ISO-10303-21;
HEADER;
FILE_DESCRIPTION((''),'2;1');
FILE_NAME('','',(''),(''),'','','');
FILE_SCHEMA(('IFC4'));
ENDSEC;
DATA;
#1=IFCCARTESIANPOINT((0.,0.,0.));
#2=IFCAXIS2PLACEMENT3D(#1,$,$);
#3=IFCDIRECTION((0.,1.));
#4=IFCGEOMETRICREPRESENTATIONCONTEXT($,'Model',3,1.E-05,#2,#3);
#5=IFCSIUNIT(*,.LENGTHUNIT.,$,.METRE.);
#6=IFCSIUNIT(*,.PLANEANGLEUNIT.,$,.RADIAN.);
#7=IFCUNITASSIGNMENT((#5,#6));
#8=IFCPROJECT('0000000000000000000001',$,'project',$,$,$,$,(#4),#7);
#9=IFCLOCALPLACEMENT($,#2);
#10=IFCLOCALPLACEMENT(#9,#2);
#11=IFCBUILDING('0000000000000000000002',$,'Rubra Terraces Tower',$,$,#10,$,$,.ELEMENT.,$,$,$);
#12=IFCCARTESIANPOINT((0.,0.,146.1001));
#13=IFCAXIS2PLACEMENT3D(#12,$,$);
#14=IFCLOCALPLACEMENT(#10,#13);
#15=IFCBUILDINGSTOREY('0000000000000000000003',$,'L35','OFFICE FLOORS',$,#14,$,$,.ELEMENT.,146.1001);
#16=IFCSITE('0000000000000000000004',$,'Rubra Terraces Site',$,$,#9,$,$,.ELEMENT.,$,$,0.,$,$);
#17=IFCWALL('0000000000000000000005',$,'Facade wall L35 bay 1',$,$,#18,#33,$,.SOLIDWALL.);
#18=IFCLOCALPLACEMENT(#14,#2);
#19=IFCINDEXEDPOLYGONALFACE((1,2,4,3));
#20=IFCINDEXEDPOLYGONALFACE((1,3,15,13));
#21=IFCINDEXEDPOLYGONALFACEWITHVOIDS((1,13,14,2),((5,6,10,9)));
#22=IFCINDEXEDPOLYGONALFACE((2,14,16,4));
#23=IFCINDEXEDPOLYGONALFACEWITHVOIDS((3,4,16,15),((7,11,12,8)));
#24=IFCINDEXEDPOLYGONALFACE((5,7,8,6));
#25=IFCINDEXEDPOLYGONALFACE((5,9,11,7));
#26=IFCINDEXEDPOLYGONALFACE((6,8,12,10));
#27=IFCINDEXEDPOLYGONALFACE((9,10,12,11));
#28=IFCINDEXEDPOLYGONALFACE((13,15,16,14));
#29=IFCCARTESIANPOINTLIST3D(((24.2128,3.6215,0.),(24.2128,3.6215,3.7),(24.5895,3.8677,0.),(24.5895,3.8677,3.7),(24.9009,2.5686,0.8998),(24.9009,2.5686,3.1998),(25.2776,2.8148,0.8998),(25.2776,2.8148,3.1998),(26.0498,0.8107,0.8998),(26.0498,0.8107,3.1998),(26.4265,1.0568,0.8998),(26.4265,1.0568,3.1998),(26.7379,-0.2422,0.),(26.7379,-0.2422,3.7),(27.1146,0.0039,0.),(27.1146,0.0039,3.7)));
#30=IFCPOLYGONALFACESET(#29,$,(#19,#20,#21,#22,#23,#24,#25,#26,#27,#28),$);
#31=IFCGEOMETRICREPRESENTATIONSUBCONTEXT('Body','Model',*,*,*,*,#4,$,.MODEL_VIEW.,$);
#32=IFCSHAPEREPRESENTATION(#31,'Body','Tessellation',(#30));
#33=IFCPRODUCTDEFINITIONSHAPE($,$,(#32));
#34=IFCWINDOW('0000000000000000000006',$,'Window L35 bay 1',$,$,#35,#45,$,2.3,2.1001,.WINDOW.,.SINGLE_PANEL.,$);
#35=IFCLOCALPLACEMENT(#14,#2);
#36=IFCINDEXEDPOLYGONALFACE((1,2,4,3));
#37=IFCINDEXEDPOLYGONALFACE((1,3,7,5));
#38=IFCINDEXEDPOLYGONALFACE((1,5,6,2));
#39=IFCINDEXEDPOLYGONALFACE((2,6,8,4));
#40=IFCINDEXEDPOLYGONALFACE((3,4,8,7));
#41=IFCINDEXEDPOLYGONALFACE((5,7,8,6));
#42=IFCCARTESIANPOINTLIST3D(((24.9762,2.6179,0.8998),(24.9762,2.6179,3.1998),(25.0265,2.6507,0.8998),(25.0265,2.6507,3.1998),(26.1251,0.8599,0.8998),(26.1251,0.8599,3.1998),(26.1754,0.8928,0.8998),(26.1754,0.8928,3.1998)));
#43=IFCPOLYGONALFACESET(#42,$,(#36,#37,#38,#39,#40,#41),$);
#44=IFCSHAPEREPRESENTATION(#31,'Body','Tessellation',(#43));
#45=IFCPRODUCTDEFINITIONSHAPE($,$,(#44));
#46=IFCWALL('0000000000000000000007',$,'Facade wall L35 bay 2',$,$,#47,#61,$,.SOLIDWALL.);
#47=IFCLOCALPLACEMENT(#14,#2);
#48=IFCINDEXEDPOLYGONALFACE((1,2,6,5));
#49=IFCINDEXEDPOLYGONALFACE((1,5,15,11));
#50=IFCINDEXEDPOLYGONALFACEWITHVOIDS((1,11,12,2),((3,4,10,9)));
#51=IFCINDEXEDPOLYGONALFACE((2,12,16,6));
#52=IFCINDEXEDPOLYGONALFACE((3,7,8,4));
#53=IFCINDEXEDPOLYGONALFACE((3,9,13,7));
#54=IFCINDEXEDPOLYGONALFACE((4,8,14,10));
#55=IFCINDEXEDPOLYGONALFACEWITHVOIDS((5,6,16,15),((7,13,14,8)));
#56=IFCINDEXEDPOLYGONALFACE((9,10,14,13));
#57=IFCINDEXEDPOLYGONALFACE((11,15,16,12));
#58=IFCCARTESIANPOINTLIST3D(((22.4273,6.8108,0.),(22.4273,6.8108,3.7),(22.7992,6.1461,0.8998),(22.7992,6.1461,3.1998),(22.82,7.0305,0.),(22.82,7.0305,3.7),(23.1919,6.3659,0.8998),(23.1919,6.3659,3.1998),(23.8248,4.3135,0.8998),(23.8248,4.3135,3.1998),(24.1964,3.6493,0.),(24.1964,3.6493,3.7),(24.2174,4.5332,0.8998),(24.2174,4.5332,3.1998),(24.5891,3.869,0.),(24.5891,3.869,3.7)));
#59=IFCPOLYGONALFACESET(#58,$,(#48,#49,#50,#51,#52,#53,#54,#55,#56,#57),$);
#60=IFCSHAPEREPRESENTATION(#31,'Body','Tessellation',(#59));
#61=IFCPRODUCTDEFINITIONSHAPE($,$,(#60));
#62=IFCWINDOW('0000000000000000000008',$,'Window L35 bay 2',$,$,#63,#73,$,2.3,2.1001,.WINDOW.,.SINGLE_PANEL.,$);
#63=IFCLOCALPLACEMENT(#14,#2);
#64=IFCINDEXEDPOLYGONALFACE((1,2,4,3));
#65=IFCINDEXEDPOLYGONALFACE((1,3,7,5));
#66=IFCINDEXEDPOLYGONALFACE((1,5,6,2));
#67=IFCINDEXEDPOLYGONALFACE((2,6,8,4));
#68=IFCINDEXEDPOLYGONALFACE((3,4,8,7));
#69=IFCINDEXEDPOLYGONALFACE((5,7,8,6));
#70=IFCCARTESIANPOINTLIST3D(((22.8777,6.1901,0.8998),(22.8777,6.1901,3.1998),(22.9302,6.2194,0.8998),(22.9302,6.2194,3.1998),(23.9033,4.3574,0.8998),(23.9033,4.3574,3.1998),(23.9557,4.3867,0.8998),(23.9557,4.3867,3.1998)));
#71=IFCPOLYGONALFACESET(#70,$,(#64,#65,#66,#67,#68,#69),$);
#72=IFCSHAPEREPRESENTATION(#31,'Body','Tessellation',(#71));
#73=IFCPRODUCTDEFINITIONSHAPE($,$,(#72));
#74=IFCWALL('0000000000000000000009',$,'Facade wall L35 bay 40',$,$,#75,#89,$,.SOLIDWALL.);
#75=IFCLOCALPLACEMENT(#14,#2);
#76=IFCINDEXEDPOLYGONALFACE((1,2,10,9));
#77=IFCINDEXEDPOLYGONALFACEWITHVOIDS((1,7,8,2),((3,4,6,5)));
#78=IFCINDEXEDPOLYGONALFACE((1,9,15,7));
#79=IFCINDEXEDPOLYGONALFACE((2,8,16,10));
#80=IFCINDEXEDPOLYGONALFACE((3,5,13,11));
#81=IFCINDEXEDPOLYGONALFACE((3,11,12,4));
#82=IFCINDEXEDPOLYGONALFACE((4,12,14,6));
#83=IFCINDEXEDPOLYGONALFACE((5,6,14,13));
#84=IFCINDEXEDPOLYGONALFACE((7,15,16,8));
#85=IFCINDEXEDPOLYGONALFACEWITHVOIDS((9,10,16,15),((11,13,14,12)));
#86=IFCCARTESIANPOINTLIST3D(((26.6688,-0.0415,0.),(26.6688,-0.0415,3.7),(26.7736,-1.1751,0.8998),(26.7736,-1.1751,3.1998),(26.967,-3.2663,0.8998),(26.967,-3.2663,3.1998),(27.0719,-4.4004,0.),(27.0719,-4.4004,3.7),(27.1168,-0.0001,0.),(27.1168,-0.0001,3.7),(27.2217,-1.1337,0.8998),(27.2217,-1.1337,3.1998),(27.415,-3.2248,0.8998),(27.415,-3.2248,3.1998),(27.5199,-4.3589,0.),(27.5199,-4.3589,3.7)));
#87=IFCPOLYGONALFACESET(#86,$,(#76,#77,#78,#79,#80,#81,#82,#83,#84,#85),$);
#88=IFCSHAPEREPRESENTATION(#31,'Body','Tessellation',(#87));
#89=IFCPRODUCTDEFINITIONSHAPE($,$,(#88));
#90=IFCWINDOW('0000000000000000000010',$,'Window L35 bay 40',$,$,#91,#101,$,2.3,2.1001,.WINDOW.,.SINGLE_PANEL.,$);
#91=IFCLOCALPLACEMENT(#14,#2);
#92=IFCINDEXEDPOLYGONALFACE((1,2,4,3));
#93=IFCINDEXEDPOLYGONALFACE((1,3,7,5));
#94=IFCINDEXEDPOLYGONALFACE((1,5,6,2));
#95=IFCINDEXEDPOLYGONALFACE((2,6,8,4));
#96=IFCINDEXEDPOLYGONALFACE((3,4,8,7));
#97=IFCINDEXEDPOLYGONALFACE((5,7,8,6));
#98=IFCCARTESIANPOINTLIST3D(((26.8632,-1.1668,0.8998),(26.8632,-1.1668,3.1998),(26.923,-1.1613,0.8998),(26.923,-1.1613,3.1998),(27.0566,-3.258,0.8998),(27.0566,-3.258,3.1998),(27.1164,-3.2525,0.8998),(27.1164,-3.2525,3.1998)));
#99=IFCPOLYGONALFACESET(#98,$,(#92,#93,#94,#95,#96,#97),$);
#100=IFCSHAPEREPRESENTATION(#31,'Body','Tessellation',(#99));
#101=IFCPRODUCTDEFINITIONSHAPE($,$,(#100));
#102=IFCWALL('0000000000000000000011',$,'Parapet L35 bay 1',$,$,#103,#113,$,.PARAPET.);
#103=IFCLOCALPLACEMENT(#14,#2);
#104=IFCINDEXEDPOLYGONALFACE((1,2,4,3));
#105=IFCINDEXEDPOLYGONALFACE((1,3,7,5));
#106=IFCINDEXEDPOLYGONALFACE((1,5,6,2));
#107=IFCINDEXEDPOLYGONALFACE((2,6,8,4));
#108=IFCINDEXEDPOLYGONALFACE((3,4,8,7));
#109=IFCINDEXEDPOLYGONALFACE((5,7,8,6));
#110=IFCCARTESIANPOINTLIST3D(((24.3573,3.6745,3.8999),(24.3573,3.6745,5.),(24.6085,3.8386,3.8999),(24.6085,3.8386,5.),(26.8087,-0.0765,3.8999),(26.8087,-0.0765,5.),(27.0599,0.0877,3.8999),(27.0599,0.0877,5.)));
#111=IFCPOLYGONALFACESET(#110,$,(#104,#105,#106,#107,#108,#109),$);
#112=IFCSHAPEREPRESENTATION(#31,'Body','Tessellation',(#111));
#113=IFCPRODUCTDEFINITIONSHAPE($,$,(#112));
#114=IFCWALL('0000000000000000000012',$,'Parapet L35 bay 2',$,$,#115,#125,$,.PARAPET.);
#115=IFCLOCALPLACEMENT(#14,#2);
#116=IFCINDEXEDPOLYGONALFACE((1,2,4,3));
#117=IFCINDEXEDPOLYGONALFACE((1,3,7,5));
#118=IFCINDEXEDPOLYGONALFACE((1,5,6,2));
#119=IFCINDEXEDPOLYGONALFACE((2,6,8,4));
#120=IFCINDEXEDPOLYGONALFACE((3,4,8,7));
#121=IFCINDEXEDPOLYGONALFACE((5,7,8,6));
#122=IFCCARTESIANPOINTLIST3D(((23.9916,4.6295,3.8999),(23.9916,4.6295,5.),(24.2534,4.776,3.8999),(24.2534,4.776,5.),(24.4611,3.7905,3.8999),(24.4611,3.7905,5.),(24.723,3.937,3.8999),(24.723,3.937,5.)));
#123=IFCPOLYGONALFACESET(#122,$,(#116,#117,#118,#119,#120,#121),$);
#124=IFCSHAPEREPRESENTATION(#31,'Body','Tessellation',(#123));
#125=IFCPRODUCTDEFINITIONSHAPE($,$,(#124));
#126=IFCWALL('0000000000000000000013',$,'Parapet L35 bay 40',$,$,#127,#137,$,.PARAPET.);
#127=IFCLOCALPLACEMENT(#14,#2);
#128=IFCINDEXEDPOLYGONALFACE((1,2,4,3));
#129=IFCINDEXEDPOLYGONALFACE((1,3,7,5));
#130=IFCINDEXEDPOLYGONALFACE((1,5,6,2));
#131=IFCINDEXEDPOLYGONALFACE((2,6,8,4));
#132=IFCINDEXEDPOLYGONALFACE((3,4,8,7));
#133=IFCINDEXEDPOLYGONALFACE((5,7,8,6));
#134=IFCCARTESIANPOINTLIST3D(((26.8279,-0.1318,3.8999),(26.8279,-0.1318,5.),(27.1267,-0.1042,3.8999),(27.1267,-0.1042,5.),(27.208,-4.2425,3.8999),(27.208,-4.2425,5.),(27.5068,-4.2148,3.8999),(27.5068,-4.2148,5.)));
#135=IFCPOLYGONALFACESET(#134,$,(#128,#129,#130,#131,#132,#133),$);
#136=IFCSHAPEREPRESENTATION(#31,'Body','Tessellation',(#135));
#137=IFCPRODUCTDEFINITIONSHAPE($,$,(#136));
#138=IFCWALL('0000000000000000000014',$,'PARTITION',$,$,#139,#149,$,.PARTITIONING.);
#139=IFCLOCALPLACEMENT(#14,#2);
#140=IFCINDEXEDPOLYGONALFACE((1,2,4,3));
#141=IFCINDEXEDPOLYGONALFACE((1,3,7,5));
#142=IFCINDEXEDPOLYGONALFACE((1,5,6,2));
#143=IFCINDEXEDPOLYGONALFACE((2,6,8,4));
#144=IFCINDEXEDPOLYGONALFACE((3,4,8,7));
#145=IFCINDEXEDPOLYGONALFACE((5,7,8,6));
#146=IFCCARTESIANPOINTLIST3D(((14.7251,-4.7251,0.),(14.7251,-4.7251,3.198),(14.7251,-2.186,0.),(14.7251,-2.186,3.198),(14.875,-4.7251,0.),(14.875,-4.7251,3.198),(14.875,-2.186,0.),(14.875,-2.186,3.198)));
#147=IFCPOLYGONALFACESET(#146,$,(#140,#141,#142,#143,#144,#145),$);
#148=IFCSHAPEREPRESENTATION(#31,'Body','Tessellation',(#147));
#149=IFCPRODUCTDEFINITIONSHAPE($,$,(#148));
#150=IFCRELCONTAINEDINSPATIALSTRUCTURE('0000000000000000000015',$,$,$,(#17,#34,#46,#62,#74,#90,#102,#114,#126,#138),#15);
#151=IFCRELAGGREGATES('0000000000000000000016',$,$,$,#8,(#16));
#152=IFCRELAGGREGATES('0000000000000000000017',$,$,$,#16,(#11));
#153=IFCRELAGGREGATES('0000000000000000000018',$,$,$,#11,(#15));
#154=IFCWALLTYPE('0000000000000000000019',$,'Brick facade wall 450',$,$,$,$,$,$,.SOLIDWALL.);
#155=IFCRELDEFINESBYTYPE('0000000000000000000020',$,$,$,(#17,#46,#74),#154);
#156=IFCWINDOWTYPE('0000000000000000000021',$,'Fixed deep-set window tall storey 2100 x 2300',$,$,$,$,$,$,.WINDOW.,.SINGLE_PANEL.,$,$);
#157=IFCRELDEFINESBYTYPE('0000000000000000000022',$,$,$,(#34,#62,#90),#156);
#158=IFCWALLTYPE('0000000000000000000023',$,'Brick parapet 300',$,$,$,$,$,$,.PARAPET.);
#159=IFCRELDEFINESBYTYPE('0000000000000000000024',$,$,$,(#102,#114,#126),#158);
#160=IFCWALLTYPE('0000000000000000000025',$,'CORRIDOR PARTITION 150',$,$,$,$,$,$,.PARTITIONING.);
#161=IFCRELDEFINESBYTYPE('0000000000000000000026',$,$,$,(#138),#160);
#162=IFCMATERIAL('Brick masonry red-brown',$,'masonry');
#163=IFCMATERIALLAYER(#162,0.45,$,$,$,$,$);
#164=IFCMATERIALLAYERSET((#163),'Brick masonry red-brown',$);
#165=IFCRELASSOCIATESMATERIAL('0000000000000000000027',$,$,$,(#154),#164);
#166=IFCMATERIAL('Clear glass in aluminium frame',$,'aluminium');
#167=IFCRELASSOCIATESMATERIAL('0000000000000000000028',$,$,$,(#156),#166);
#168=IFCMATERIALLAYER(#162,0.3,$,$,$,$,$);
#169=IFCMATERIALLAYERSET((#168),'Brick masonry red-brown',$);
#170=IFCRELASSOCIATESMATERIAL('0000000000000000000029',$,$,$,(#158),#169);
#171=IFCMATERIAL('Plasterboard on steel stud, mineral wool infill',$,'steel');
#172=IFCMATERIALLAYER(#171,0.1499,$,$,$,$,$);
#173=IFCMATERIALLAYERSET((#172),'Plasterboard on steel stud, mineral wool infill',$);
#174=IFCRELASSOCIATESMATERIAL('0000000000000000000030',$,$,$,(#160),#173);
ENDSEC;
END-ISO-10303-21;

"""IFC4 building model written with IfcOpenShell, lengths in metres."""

from ifc_helpers import new_model, si_unit, direction, frame, frame_2d, origin, place, context, subcontext, project, spatial, rectangle, extrude, material, layer, layer_set, type_object, element, fill, save


model = new_model("IFC4")

# Units and contexts
model_context = context("Model", 3, precision=1e-05, world=origin(), true_north=direction((0.0, 1.0)))
body_context = subcontext(model_context, "Body", "Model", "MODEL_VIEW")
ifc_project = project(units=[si_unit("LENGTHUNIT", "METRE"), si_unit("PLANEANGLEUNIT", "RADIAN")], contexts=[model_context])

# Site, building, storey
site_placement = place(None, origin())
site = spatial("IfcSite", under=ifc_project, at=site_placement, Name="Rubra Terraces Site", CompositionType="ELEMENT", RefElevation=0.0)
building_placement = place(site_placement, origin())
building = spatial("IfcBuilding", under=site, at=building_placement, Name="Rubra Terraces Tower", CompositionType="ELEMENT")
storey_placement = place(building_placement, frame((0.0, 0.0, 146.1001)))
storey = spatial("IfcBuildingStorey", under=building, at=storey_placement, Name="L35", Description="OFFICE FLOORS", CompositionType="ELEMENT", Elevation=146.1001)

# Walls, openings, windows
ifc_material_1 = material(Name="Brick masonry red-brown", Category="masonry")
ifc_layer_1 = layer(ifc_material_1, 0.45)
ifc_layer_set_1 = layer_set([ifc_layer_1], Name="Brick masonry red-brown")
wall_type_1 = type_object("IfcWallType", Name="Brick facade wall 450", PredefinedType="SOLIDWALL", material=ifc_layer_set_1)
wall_1_placement = place(storey_placement, frame((26.9263, -0.1191, 0.0), z_axis=(0.0, 0.0, 1.0), x_axis=(-0.547073, 0.837085, 0.0)))
wall_1 = element("IfcWall", 1, at=wall_1_placement, inside=storey, type_object=wall_type_1, Name="Facade wall L35 bay 1", PredefinedType="SOLIDWALL", context=body_context, shape_type="SweptSolid", body=[
    extrude(rectangle(XDim=4.6157, YDim=0.45, at=frame_2d((2.3079, 0.0))), origin(), (0.0, 0.0, 1.0), 3.7),
])
opening_1_placement = place(wall_1_placement, frame((1.2578, 0.0, 0.8999)))
opening_1 = element("IfcOpeningElement", 2, at=opening_1_placement, cuts=wall_1, PredefinedType="OPENING", context=body_context, shape_type="SweptSolid", body=[
    extrude(rectangle(XDim=2.1001, YDim=2.3, at=frame_2d((1.05, 1.1499))), frame((0.0, 0.2349, 0.0), z_axis=(0.0, -1.0, 0.0), x_axis=(1.0, 0.0, 0.0)), (0.0, 0.0, 1.0), 0.47),
])
ifc_material_2 = material(Name="Clear glass in aluminium frame", Category="aluminium")
window_type = type_object("IfcWindowType", Name="Fixed deep-set window tall storey 2100 x 2300", PartitioningType="SINGLE_PANEL", PredefinedType="WINDOW", material=ifc_material_2)
window_1_placement = place(opening_1_placement, origin())
window_1 = element("IfcWindow", 3, at=window_1_placement, inside=storey, type_object=window_type, Name="Window L35 bay 1", OverallHeight=2.3, OverallWidth=2.1001, PartitioningType="SINGLE_PANEL", PredefinedType="WINDOW", context=body_context, shape_type="SweptSolid", body=[
    extrude(rectangle(XDim=2.1001, YDim=2.3, at=frame_2d((1.05, 1.1499))), frame((0.0, 0.135, 0.0), z_axis=(0.0, -1.0, 0.0), x_axis=(1.0, 0.0, 0.0)), (0.0, 0.0, 1.0), 0.0601),
])
fill(opening_1, window_1)
wall_2_placement = place(storey_placement, frame((24.3928, 3.759, 0.0), z_axis=(0.0, 0.0, 1.0), x_axis=(-0.488324, 0.872662, 0.0)))
wall_2 = element("IfcWall", 4, at=wall_2_placement, inside=storey, type_object=wall_type_1, Name="Facade wall L35 bay 2", PredefinedType="SOLIDWALL", context=body_context, shape_type="SweptSolid", body=[
    extrude(rectangle(XDim=3.6228, YDim=0.45, at=frame_2d((1.8115, 0.0))), origin(), (0.0, 0.0, 1.0), 3.7),
])
opening_2_placement = place(wall_2_placement, frame((0.7612, 0.0, 0.8999)))
opening_2 = element("IfcOpeningElement", 5, at=opening_2_placement, cuts=wall_2, PredefinedType="OPENING", context=body_context, shape_type="SweptSolid", body=[
    extrude(rectangle(XDim=2.1001, YDim=2.3, at=frame_2d((1.05, 1.1499))), frame((0.0, 0.2349, 0.0), z_axis=(0.0, -1.0, 0.0), x_axis=(1.0, 0.0, 0.0)), (0.0, 0.0, 1.0), 0.47),
])
window_2_placement = place(opening_2_placement, origin())
window_2 = element("IfcWindow", 6, at=window_2_placement, inside=storey, type_object=window_type, Name="Window L35 bay 2", OverallHeight=2.3, OverallWidth=2.1001, PartitioningType="SINGLE_PANEL", PredefinedType="WINDOW", context=body_context, shape_type="SweptSolid", body=[
    extrude(rectangle(XDim=2.1001, YDim=2.3, at=frame_2d((1.05, 1.1499))), frame((0.0, 0.135, 0.0), z_axis=(0.0, -1.0, 0.0), x_axis=(1.0, 0.0, 0.0)), (0.0, 0.0, 1.0), 0.0601),
])
fill(opening_2, window_2)
wall_3_placement = place(storey_placement, frame((27.2959, -4.3796, 0.0), z_axis=(0.0, 0.0, 1.0), x_axis=(-0.092079, 0.995752, 0.0)))
wall_3 = element("IfcWall", 7, at=wall_3_placement, inside=storey, type_object=wall_type_1, Name="Facade wall L35 bay 40", PredefinedType="SOLIDWALL", context=body_context, shape_type="SweptSolid", body=[
    extrude(rectangle(XDim=4.3774, YDim=0.45, at=frame_2d((2.1887, 0.0))), origin(), (0.0, 0.0, 1.0), 3.7),
])
opening_3_placement = place(wall_3_placement, frame((1.1389, 0.0, 0.8999)))
opening_3 = element("IfcOpeningElement", 8, at=opening_3_placement, cuts=wall_3, PredefinedType="OPENING", context=body_context, shape_type="SweptSolid", body=[
    extrude(rectangle(XDim=2.1001, YDim=2.3, at=frame_2d((1.05, 1.1499))), frame((0.0, 0.2349, 0.0), z_axis=(0.0, -1.0, 0.0), x_axis=(1.0, 0.0, 0.0)), (0.0, 0.0, 1.0), 0.47),
])
window_3_placement = place(opening_3_placement, origin())
window_3 = element("IfcWindow", 9, at=window_3_placement, inside=storey, type_object=window_type, Name="Window L35 bay 40", OverallHeight=2.3, OverallWidth=2.1001, PartitioningType="SINGLE_PANEL", PredefinedType="WINDOW", context=body_context, shape_type="SweptSolid", body=[
    extrude(rectangle(XDim=2.1001, YDim=2.3, at=frame_2d((1.05, 1.1499))), frame((0.0, 0.135, 0.0), z_axis=(0.0, -1.0, 0.0), x_axis=(1.0, 0.0, 0.0)), (0.0, 0.0, 1.0), 0.0601),
])
fill(opening_3, window_3)

# Walls
ifc_layer_2 = layer(ifc_material_1, 0.3)
ifc_layer_set_2 = layer_set([ifc_layer_2], Name="Brick masonry red-brown")
wall_type_2 = type_object("IfcWallType", Name="Brick parapet 300", PredefinedType="PARAPET", material=ifc_layer_set_2)
wall_4_placement = place(storey_placement, frame((26.9343, 0.0056, 3.8999), z_axis=(0.0, 0.0, 1.0), x_axis=(-0.54707, 0.837087, 0.0)))
element("IfcWall", 10, at=wall_4_placement, inside=storey, type_object=wall_type_2, Name="Parapet L35 bay 1", PredefinedType="PARAPET", context=body_context, shape_type="SweptSolid", body=[
    extrude(rectangle(XDim=4.481, YDim=0.3, at=frame_2d((2.2405, 0.0))), origin(), (0.0, 0.0, 1.0), 1.1001),
])
wall_5_placement = place(storey_placement, frame((24.592, 3.8638, 3.8999), z_axis=(0.0, 0.0, 1.0), x_axis=(-0.488379, 0.872632, 0.0)))
element("IfcWall", 11, at=wall_5_placement, inside=storey, type_object=wall_type_2, Name="Parapet L35 bay 2", PredefinedType="PARAPET", context=body_context, shape_type="SweptSolid", body=[
    extrude(rectangle(XDim=0.9614, YDim=0.3, at=frame_2d((0.4807, 0.0))), origin(), (0.0, 0.0, 1.0), 1.1001),
])
wall_6_placement = place(storey_placement, frame((27.3574, -4.2285, 3.8999), z_axis=(0.0, 0.0, 1.0), x_axis=(-0.092082, 0.995751, 0.0)))
element("IfcWall", 12, at=wall_6_placement, inside=storey, type_object=wall_type_2, Name="Parapet L35 bay 40", PredefinedType="PARAPET", context=body_context, shape_type="SweptSolid", body=[
    extrude(rectangle(XDim=4.1282, YDim=0.3, at=frame_2d((2.064, 0.0))), origin(), (0.0, 0.0, 1.0), 1.1001),
])
ifc_material_3 = material(Name="Plasterboard on steel stud, mineral wool infill", Category="steel")
ifc_layer_3 = layer(ifc_material_3, 0.1499)
ifc_layer_set_3 = layer_set([ifc_layer_3], Name="Plasterboard on steel stud, mineral wool infill")
wall_type_3 = type_object("IfcWallType", Name="CORRIDOR PARTITION 150", PredefinedType="PARTITIONING", material=ifc_layer_set_3)
wall_7_placement = place(storey_placement, frame((14.8, -4.7251, 0.0), z_axis=(0.0, 0.0, 1.0), x_axis=(0.0, 1.0, 0.0)))
element("IfcWall", 13, at=wall_7_placement, inside=storey, type_object=wall_type_3, Name="PARTITION", PredefinedType="PARTITIONING", context=body_context, shape_type="SweptSolid", body=[
    extrude(rectangle(XDim=2.5391, YDim=0.1499, at=frame_2d((1.2695, 0.0))), origin(), (0.0, 0.0, 1.0), 3.198),
])

save(model, "model.ifc")
